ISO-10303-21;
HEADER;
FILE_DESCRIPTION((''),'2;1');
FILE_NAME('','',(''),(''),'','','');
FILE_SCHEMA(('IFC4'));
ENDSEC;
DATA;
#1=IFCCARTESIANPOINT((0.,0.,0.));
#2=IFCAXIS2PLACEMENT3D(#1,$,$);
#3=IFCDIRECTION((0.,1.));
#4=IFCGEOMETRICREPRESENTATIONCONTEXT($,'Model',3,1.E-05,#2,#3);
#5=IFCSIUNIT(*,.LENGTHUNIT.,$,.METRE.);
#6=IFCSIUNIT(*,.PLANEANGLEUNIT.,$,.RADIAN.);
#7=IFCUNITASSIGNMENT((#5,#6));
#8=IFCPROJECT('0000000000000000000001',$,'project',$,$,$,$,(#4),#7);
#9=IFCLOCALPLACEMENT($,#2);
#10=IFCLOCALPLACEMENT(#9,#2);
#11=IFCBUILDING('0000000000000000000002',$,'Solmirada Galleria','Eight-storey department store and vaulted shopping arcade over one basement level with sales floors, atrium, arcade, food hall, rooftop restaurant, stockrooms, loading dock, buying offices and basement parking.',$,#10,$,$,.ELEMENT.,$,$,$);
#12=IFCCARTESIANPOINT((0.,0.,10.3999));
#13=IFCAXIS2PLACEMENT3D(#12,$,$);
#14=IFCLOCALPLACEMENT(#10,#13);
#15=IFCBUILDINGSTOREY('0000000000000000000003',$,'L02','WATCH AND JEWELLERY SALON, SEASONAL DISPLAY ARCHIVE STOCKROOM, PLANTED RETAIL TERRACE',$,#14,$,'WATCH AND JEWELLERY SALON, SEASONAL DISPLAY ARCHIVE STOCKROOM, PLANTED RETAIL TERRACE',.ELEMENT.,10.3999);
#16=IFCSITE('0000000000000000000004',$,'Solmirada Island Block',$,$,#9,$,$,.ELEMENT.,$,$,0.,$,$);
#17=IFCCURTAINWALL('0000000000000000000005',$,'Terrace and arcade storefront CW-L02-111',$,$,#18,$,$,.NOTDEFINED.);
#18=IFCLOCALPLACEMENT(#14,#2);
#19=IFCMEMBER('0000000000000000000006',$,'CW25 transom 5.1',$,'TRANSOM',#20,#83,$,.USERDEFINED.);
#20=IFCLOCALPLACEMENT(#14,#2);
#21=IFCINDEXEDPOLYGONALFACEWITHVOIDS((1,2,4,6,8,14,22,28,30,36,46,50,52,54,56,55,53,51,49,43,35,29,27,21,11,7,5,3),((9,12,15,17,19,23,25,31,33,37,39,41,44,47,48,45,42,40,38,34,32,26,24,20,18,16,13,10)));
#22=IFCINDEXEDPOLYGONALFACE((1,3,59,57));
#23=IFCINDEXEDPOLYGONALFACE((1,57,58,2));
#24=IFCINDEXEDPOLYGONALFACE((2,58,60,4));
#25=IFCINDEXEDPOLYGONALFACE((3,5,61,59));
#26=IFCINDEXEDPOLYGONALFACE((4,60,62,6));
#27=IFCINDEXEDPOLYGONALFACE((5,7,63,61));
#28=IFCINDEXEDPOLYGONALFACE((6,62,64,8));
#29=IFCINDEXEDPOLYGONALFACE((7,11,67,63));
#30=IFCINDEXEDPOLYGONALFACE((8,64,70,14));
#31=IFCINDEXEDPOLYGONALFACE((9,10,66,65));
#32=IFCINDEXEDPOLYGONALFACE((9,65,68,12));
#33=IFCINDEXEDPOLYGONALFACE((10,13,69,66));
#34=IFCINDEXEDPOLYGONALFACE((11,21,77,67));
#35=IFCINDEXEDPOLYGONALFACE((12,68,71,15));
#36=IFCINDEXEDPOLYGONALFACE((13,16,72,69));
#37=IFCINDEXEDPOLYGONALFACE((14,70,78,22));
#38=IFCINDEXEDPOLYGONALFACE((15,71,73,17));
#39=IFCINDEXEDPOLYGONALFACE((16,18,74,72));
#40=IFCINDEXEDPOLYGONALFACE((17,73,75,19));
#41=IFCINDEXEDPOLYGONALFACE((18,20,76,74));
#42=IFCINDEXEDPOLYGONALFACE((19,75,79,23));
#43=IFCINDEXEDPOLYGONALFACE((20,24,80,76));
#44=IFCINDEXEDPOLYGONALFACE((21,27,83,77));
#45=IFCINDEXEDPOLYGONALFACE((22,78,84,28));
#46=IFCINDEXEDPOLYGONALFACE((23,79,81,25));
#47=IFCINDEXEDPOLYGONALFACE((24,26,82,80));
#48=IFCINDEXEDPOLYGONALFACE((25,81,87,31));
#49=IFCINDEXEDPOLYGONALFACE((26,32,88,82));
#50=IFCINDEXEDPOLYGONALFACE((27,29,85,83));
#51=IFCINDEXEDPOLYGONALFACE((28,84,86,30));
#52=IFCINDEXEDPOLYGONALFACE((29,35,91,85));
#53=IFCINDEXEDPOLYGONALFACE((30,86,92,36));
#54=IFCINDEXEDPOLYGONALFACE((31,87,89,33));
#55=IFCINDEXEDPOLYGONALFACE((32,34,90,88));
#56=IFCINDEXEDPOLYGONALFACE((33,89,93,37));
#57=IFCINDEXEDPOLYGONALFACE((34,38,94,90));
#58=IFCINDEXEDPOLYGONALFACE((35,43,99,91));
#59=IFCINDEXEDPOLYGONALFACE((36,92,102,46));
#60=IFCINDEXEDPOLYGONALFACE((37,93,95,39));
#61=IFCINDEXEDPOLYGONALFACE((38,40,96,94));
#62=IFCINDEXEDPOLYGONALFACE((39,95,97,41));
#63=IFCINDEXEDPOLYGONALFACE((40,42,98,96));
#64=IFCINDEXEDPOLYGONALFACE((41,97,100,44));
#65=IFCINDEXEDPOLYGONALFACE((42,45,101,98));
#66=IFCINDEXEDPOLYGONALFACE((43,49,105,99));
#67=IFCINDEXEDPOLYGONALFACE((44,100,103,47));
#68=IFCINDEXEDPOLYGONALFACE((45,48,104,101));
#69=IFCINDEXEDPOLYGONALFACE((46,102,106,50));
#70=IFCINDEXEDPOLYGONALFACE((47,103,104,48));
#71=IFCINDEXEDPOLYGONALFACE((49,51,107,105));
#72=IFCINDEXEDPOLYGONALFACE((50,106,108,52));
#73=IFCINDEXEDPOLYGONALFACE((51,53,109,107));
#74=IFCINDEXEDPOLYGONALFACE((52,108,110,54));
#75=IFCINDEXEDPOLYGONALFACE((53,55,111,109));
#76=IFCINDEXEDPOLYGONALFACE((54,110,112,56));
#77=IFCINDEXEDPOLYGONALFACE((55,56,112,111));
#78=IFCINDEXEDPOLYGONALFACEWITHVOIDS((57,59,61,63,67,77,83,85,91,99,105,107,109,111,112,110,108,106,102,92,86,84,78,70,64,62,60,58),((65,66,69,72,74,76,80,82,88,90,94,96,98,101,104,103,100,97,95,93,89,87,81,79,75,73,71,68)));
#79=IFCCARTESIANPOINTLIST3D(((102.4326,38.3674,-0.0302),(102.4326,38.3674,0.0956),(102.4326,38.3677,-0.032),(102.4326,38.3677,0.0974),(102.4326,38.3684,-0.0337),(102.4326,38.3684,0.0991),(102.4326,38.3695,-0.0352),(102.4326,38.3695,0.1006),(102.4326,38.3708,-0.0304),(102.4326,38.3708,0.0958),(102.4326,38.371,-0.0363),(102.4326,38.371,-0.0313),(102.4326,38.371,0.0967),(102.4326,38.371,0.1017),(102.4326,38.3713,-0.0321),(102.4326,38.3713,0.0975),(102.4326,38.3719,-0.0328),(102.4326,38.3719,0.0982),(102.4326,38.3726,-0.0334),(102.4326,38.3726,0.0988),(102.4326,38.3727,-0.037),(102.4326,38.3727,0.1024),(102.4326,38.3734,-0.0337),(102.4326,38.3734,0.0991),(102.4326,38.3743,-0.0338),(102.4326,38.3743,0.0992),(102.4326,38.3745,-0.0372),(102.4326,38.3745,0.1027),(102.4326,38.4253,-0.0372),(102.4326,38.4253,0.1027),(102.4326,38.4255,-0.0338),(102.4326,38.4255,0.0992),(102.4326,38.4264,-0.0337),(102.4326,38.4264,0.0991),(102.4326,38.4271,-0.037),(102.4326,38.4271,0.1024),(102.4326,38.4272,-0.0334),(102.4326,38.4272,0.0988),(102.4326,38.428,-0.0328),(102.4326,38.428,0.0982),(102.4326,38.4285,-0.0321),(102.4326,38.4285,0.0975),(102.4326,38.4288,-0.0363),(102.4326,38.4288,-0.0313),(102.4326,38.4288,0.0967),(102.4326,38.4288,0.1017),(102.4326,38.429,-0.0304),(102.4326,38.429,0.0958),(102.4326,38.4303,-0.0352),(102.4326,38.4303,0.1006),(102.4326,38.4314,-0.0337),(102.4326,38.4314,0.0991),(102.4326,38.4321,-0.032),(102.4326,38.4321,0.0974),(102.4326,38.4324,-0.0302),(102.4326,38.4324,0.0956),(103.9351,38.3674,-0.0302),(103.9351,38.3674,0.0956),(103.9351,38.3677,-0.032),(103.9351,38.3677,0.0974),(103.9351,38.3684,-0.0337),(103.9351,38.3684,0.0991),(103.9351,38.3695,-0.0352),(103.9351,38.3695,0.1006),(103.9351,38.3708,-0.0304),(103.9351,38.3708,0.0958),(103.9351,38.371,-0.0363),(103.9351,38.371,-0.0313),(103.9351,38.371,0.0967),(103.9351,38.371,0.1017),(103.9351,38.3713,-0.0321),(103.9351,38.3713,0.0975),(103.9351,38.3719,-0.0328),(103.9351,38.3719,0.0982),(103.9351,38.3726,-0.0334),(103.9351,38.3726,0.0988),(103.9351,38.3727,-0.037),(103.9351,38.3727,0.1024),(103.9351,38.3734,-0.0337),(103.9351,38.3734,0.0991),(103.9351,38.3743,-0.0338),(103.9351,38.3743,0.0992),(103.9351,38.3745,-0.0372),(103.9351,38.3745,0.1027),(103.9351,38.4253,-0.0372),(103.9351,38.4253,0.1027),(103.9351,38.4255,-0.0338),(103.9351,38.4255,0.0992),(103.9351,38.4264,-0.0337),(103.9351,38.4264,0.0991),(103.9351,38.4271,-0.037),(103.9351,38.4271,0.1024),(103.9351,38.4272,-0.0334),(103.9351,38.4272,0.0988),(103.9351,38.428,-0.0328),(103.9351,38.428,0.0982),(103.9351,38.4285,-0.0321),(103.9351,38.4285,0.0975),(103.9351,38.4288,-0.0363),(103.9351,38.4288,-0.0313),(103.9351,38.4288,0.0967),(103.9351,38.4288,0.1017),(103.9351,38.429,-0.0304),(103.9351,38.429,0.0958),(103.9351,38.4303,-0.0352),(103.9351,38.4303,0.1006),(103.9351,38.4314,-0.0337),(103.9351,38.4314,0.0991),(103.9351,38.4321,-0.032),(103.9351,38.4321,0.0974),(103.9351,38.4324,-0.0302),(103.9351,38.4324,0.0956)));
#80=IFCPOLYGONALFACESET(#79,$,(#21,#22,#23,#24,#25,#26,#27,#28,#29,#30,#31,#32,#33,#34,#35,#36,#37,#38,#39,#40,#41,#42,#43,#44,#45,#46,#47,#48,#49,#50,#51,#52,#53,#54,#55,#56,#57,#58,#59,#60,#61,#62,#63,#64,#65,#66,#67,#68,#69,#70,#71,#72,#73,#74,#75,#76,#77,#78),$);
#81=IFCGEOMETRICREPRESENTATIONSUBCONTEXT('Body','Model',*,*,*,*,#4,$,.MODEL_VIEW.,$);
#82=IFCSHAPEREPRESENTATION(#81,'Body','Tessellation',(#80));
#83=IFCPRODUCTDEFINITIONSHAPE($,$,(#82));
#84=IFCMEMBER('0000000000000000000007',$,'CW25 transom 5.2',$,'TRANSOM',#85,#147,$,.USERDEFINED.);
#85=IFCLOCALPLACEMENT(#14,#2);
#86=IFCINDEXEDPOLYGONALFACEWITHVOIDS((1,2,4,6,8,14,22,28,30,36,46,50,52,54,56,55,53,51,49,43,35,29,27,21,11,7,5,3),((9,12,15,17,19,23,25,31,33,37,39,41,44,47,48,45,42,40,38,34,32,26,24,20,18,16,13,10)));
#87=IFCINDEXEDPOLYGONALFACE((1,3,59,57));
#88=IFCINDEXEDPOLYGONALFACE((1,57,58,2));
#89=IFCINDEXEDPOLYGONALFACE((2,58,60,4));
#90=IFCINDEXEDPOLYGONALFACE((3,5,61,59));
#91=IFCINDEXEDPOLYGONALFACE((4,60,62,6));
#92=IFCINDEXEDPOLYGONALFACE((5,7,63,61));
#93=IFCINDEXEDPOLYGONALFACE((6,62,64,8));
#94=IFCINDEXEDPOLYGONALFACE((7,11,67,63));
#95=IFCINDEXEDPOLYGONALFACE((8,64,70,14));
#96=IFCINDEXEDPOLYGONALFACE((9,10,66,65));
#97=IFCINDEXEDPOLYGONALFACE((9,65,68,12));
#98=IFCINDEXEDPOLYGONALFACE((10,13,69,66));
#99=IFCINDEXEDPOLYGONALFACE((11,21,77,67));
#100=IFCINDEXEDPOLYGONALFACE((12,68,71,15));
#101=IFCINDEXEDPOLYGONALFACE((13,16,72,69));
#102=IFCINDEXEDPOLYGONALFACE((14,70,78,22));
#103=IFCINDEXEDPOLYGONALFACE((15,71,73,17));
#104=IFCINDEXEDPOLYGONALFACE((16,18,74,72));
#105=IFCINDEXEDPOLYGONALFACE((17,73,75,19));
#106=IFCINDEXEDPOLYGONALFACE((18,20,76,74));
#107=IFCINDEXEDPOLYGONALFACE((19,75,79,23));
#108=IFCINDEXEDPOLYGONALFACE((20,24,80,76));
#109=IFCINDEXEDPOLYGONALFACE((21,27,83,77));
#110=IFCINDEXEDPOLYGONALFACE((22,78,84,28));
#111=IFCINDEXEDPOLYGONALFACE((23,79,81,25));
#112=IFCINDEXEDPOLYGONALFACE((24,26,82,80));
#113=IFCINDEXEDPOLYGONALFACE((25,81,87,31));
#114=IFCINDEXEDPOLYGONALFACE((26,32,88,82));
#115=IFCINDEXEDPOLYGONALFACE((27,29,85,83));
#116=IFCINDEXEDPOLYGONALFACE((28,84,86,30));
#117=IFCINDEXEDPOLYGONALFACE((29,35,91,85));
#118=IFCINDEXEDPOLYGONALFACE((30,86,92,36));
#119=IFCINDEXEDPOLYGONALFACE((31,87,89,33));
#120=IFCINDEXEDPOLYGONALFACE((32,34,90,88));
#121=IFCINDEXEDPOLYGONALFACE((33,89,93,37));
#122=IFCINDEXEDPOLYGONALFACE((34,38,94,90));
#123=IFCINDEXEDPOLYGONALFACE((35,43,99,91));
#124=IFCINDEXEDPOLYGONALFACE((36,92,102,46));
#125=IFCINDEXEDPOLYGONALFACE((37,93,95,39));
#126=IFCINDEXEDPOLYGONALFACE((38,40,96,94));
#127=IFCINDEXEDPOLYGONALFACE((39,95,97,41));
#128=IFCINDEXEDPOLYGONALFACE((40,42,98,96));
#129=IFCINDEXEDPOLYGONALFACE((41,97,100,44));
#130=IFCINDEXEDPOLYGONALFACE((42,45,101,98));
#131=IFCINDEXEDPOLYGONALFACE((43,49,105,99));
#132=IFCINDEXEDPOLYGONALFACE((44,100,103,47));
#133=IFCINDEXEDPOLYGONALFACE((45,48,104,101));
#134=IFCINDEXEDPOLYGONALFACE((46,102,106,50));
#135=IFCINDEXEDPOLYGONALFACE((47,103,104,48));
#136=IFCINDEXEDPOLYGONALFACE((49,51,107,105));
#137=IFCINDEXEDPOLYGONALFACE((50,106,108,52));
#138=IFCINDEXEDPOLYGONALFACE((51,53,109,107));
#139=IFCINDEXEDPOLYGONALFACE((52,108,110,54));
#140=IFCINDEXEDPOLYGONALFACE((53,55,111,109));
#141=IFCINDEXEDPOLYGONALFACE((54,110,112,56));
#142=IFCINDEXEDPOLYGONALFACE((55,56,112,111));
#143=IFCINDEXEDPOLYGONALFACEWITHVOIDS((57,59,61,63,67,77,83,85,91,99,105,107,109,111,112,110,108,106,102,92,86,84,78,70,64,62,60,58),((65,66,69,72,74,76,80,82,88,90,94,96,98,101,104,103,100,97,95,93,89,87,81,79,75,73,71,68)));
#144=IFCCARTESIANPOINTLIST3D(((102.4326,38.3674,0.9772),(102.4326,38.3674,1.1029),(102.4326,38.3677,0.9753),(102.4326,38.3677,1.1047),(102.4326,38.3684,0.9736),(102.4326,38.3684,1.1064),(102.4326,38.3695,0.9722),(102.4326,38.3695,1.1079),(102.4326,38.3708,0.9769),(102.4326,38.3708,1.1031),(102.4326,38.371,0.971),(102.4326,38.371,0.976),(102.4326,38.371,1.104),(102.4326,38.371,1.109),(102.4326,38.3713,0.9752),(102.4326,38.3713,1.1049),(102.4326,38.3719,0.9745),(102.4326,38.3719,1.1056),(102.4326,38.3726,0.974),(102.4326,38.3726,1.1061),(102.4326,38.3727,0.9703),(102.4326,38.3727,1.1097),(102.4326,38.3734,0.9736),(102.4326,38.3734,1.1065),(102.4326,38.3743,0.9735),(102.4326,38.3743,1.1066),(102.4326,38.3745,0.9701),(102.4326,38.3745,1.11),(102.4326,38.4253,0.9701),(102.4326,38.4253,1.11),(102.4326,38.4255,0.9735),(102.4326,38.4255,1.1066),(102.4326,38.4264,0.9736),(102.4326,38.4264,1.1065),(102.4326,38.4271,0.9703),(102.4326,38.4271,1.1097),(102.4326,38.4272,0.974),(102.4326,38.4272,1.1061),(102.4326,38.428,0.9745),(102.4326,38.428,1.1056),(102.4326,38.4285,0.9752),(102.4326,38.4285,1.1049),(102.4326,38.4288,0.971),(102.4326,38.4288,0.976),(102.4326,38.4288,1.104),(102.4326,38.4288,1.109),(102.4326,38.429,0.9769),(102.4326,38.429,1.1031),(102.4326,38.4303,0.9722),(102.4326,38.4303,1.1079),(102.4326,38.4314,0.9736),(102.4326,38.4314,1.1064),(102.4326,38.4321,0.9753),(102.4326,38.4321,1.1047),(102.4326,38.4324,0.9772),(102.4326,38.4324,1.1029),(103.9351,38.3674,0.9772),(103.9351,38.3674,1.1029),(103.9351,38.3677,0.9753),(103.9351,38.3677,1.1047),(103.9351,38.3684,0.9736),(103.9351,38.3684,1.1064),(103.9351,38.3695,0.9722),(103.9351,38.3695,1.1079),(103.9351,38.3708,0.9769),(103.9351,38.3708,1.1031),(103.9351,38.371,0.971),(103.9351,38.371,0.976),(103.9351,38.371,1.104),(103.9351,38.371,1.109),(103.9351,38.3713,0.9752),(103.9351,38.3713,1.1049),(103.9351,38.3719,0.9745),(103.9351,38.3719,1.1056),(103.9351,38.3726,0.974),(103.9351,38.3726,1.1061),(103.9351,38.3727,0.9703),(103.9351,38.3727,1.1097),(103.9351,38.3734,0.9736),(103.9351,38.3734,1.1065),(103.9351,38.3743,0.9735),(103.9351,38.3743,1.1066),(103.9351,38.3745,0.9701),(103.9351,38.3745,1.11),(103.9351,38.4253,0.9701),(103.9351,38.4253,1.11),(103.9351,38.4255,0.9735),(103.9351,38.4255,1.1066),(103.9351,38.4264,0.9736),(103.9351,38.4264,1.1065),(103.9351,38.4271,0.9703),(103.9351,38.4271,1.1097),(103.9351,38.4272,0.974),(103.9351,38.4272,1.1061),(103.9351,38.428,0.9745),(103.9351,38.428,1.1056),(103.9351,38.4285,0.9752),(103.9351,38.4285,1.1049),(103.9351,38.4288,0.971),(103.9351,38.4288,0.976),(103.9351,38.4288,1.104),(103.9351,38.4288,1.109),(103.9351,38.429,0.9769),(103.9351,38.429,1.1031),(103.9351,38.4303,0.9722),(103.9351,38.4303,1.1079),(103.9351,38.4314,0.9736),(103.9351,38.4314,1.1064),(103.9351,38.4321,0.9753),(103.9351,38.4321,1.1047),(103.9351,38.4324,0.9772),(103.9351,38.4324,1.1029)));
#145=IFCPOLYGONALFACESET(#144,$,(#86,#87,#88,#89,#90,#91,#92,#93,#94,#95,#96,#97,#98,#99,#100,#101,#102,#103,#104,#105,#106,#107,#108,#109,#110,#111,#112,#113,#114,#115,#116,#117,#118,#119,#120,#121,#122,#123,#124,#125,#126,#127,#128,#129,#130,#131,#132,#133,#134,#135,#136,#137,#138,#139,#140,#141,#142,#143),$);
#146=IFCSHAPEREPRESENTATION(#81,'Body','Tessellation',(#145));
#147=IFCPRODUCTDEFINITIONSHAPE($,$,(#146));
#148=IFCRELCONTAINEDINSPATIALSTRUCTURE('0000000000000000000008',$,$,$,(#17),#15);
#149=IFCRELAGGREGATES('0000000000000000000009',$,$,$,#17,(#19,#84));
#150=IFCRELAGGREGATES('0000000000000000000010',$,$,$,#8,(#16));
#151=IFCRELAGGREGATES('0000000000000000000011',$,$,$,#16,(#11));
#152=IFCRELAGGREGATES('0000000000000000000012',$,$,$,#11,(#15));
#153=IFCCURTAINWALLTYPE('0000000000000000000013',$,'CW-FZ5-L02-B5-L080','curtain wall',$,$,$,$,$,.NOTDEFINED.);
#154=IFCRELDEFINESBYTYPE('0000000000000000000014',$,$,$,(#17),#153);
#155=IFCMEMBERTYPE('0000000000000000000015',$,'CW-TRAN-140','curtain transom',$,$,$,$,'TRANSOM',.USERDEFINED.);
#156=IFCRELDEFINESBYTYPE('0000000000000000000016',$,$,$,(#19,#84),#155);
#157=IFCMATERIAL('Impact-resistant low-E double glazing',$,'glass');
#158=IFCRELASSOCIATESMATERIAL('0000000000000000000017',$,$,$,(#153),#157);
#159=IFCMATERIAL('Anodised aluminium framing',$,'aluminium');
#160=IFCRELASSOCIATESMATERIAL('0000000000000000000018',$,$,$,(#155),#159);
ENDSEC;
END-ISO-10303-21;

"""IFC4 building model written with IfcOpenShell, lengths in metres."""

from ifc_helpers import new_model, si_unit, direction, frame, origin, origin_2d, place, context, subcontext, project, spatial, hollow_rectangle, extrude, material, material_profile, profile_set, type_object, element, aggregate, save


model = new_model("IFC4")

# Units and contexts
model_context = context("Model", 3, precision=1e-05, world=origin(), true_north=direction((0.0, 1.0)))
body_context = subcontext(model_context, "Body", "Model", "MODEL_VIEW")
ifc_project = project(units=[si_unit("LENGTHUNIT", "METRE"), si_unit("PLANEANGLEUNIT", "RADIAN")], contexts=[model_context])

# Site, building, storey
site_placement = place(None, origin())
site = spatial("IfcSite", under=ifc_project, at=site_placement, Name="Solmirada Island Block", CompositionType="ELEMENT", RefElevation=0.0)
building_placement = place(site_placement, origin())
building = spatial("IfcBuilding", under=site, at=building_placement, Name="Solmirada Galleria", Description="Eight-storey department store and vaulted shopping arcade over one basement level with sales floors, atrium, arcade, food hall, rooftop restaurant, stockrooms, loading dock, buying offices and basement parking.", CompositionType="ELEMENT")
storey_placement = place(building_placement, frame((0.0, 0.0, 10.3999)))
storey = spatial("IfcBuildingStorey", under=building, at=storey_placement, Name="L02", Description="WATCH AND JEWELLERY SALON, SEASONAL DISPLAY ARCHIVE STOCKROOM, PLANTED RETAIL TERRACE", LongName="WATCH AND JEWELLERY SALON, SEASONAL DISPLAY ARCHIVE STOCKROOM, PLANTED RETAIL TERRACE", CompositionType="ELEMENT", Elevation=10.3999)

# Curtain wall
ifc_material_1 = material(Name="Impact-resistant low-E double glazing", Category="glass")
curtain_wall_type = type_object("IfcCurtainWallType", Name="CW-FZ5-L02-B5-L080", Description="curtain wall", PredefinedType="NOTDEFINED", material=ifc_material_1)
curtain_wall_1_placement = place(storey_placement, origin())
curtain_wall_1 = element("IfcCurtainWall", 1, at=curtain_wall_1_placement, inside=storey, type_object=curtain_wall_type, Name="Terrace and arcade storefront CW-L02-111", PredefinedType="NOTDEFINED")
ifc_material_2 = material(Name="Anodised aluminium framing", Category="aluminium")

# Members
ifc_material_profile_1 = material_profile(ifc_material_2, hollow_rectangle(XDim=0.0649, YDim=0.1399, WallThickness=0.0034, InnerFilletRadius=0.0034, OuterFilletRadius=0.0071, at=origin_2d()), Name="ALU-TRAN-140X65")
ifc_profile_set_1 = profile_set([ifc_material_profile_1], Name="Anodised aluminium framing")
member_type_1 = type_object("IfcMemberType", Name="CW-TRAN-140", Description="curtain transom", ElementType="TRANSOM", PredefinedType="USERDEFINED", material=ifc_profile_set_1)
member_1_placement = place(storey_placement, frame((102.4326, 38.3999, 0.0327), z_axis=(1.0, 0.0, 0.0), x_axis=(0.0, 1.0, 0.0)))
member_1 = element("IfcMember", 2, at=member_1_placement, type_object=member_type_1, Name="CW25 transom 5.1", ObjectType="TRANSOM", PredefinedType="USERDEFINED", context=body_context, shape_type="SweptSolid", body=[
    extrude(hollow_rectangle(XDim=0.0649, YDim=0.1399, WallThickness=0.0034, InnerFilletRadius=0.0034, OuterFilletRadius=0.0071, at=origin_2d()), origin(), (0.0, 0.0, 1.0), 1.5024),
])
member_2_placement = place(storey_placement, frame((102.4326, 38.3999, 1.04), z_axis=(1.0, 0.0, 0.0), x_axis=(0.0, 1.0, 0.0)))
member_2 = element("IfcMember", 3, at=member_2_placement, type_object=member_type_1, Name="CW25 transom 5.2", ObjectType="TRANSOM", PredefinedType="USERDEFINED", context=body_context, shape_type="SweptSolid", body=[
    extrude(hollow_rectangle(XDim=0.0649, YDim=0.1399, WallThickness=0.0034, InnerFilletRadius=0.0034, OuterFilletRadius=0.0071, at=origin_2d()), origin(), (0.0, 0.0, 1.0), 1.5024),
])

aggregate(curtain_wall_1, [member_1, member_2])

save(model, "model.ifc")
